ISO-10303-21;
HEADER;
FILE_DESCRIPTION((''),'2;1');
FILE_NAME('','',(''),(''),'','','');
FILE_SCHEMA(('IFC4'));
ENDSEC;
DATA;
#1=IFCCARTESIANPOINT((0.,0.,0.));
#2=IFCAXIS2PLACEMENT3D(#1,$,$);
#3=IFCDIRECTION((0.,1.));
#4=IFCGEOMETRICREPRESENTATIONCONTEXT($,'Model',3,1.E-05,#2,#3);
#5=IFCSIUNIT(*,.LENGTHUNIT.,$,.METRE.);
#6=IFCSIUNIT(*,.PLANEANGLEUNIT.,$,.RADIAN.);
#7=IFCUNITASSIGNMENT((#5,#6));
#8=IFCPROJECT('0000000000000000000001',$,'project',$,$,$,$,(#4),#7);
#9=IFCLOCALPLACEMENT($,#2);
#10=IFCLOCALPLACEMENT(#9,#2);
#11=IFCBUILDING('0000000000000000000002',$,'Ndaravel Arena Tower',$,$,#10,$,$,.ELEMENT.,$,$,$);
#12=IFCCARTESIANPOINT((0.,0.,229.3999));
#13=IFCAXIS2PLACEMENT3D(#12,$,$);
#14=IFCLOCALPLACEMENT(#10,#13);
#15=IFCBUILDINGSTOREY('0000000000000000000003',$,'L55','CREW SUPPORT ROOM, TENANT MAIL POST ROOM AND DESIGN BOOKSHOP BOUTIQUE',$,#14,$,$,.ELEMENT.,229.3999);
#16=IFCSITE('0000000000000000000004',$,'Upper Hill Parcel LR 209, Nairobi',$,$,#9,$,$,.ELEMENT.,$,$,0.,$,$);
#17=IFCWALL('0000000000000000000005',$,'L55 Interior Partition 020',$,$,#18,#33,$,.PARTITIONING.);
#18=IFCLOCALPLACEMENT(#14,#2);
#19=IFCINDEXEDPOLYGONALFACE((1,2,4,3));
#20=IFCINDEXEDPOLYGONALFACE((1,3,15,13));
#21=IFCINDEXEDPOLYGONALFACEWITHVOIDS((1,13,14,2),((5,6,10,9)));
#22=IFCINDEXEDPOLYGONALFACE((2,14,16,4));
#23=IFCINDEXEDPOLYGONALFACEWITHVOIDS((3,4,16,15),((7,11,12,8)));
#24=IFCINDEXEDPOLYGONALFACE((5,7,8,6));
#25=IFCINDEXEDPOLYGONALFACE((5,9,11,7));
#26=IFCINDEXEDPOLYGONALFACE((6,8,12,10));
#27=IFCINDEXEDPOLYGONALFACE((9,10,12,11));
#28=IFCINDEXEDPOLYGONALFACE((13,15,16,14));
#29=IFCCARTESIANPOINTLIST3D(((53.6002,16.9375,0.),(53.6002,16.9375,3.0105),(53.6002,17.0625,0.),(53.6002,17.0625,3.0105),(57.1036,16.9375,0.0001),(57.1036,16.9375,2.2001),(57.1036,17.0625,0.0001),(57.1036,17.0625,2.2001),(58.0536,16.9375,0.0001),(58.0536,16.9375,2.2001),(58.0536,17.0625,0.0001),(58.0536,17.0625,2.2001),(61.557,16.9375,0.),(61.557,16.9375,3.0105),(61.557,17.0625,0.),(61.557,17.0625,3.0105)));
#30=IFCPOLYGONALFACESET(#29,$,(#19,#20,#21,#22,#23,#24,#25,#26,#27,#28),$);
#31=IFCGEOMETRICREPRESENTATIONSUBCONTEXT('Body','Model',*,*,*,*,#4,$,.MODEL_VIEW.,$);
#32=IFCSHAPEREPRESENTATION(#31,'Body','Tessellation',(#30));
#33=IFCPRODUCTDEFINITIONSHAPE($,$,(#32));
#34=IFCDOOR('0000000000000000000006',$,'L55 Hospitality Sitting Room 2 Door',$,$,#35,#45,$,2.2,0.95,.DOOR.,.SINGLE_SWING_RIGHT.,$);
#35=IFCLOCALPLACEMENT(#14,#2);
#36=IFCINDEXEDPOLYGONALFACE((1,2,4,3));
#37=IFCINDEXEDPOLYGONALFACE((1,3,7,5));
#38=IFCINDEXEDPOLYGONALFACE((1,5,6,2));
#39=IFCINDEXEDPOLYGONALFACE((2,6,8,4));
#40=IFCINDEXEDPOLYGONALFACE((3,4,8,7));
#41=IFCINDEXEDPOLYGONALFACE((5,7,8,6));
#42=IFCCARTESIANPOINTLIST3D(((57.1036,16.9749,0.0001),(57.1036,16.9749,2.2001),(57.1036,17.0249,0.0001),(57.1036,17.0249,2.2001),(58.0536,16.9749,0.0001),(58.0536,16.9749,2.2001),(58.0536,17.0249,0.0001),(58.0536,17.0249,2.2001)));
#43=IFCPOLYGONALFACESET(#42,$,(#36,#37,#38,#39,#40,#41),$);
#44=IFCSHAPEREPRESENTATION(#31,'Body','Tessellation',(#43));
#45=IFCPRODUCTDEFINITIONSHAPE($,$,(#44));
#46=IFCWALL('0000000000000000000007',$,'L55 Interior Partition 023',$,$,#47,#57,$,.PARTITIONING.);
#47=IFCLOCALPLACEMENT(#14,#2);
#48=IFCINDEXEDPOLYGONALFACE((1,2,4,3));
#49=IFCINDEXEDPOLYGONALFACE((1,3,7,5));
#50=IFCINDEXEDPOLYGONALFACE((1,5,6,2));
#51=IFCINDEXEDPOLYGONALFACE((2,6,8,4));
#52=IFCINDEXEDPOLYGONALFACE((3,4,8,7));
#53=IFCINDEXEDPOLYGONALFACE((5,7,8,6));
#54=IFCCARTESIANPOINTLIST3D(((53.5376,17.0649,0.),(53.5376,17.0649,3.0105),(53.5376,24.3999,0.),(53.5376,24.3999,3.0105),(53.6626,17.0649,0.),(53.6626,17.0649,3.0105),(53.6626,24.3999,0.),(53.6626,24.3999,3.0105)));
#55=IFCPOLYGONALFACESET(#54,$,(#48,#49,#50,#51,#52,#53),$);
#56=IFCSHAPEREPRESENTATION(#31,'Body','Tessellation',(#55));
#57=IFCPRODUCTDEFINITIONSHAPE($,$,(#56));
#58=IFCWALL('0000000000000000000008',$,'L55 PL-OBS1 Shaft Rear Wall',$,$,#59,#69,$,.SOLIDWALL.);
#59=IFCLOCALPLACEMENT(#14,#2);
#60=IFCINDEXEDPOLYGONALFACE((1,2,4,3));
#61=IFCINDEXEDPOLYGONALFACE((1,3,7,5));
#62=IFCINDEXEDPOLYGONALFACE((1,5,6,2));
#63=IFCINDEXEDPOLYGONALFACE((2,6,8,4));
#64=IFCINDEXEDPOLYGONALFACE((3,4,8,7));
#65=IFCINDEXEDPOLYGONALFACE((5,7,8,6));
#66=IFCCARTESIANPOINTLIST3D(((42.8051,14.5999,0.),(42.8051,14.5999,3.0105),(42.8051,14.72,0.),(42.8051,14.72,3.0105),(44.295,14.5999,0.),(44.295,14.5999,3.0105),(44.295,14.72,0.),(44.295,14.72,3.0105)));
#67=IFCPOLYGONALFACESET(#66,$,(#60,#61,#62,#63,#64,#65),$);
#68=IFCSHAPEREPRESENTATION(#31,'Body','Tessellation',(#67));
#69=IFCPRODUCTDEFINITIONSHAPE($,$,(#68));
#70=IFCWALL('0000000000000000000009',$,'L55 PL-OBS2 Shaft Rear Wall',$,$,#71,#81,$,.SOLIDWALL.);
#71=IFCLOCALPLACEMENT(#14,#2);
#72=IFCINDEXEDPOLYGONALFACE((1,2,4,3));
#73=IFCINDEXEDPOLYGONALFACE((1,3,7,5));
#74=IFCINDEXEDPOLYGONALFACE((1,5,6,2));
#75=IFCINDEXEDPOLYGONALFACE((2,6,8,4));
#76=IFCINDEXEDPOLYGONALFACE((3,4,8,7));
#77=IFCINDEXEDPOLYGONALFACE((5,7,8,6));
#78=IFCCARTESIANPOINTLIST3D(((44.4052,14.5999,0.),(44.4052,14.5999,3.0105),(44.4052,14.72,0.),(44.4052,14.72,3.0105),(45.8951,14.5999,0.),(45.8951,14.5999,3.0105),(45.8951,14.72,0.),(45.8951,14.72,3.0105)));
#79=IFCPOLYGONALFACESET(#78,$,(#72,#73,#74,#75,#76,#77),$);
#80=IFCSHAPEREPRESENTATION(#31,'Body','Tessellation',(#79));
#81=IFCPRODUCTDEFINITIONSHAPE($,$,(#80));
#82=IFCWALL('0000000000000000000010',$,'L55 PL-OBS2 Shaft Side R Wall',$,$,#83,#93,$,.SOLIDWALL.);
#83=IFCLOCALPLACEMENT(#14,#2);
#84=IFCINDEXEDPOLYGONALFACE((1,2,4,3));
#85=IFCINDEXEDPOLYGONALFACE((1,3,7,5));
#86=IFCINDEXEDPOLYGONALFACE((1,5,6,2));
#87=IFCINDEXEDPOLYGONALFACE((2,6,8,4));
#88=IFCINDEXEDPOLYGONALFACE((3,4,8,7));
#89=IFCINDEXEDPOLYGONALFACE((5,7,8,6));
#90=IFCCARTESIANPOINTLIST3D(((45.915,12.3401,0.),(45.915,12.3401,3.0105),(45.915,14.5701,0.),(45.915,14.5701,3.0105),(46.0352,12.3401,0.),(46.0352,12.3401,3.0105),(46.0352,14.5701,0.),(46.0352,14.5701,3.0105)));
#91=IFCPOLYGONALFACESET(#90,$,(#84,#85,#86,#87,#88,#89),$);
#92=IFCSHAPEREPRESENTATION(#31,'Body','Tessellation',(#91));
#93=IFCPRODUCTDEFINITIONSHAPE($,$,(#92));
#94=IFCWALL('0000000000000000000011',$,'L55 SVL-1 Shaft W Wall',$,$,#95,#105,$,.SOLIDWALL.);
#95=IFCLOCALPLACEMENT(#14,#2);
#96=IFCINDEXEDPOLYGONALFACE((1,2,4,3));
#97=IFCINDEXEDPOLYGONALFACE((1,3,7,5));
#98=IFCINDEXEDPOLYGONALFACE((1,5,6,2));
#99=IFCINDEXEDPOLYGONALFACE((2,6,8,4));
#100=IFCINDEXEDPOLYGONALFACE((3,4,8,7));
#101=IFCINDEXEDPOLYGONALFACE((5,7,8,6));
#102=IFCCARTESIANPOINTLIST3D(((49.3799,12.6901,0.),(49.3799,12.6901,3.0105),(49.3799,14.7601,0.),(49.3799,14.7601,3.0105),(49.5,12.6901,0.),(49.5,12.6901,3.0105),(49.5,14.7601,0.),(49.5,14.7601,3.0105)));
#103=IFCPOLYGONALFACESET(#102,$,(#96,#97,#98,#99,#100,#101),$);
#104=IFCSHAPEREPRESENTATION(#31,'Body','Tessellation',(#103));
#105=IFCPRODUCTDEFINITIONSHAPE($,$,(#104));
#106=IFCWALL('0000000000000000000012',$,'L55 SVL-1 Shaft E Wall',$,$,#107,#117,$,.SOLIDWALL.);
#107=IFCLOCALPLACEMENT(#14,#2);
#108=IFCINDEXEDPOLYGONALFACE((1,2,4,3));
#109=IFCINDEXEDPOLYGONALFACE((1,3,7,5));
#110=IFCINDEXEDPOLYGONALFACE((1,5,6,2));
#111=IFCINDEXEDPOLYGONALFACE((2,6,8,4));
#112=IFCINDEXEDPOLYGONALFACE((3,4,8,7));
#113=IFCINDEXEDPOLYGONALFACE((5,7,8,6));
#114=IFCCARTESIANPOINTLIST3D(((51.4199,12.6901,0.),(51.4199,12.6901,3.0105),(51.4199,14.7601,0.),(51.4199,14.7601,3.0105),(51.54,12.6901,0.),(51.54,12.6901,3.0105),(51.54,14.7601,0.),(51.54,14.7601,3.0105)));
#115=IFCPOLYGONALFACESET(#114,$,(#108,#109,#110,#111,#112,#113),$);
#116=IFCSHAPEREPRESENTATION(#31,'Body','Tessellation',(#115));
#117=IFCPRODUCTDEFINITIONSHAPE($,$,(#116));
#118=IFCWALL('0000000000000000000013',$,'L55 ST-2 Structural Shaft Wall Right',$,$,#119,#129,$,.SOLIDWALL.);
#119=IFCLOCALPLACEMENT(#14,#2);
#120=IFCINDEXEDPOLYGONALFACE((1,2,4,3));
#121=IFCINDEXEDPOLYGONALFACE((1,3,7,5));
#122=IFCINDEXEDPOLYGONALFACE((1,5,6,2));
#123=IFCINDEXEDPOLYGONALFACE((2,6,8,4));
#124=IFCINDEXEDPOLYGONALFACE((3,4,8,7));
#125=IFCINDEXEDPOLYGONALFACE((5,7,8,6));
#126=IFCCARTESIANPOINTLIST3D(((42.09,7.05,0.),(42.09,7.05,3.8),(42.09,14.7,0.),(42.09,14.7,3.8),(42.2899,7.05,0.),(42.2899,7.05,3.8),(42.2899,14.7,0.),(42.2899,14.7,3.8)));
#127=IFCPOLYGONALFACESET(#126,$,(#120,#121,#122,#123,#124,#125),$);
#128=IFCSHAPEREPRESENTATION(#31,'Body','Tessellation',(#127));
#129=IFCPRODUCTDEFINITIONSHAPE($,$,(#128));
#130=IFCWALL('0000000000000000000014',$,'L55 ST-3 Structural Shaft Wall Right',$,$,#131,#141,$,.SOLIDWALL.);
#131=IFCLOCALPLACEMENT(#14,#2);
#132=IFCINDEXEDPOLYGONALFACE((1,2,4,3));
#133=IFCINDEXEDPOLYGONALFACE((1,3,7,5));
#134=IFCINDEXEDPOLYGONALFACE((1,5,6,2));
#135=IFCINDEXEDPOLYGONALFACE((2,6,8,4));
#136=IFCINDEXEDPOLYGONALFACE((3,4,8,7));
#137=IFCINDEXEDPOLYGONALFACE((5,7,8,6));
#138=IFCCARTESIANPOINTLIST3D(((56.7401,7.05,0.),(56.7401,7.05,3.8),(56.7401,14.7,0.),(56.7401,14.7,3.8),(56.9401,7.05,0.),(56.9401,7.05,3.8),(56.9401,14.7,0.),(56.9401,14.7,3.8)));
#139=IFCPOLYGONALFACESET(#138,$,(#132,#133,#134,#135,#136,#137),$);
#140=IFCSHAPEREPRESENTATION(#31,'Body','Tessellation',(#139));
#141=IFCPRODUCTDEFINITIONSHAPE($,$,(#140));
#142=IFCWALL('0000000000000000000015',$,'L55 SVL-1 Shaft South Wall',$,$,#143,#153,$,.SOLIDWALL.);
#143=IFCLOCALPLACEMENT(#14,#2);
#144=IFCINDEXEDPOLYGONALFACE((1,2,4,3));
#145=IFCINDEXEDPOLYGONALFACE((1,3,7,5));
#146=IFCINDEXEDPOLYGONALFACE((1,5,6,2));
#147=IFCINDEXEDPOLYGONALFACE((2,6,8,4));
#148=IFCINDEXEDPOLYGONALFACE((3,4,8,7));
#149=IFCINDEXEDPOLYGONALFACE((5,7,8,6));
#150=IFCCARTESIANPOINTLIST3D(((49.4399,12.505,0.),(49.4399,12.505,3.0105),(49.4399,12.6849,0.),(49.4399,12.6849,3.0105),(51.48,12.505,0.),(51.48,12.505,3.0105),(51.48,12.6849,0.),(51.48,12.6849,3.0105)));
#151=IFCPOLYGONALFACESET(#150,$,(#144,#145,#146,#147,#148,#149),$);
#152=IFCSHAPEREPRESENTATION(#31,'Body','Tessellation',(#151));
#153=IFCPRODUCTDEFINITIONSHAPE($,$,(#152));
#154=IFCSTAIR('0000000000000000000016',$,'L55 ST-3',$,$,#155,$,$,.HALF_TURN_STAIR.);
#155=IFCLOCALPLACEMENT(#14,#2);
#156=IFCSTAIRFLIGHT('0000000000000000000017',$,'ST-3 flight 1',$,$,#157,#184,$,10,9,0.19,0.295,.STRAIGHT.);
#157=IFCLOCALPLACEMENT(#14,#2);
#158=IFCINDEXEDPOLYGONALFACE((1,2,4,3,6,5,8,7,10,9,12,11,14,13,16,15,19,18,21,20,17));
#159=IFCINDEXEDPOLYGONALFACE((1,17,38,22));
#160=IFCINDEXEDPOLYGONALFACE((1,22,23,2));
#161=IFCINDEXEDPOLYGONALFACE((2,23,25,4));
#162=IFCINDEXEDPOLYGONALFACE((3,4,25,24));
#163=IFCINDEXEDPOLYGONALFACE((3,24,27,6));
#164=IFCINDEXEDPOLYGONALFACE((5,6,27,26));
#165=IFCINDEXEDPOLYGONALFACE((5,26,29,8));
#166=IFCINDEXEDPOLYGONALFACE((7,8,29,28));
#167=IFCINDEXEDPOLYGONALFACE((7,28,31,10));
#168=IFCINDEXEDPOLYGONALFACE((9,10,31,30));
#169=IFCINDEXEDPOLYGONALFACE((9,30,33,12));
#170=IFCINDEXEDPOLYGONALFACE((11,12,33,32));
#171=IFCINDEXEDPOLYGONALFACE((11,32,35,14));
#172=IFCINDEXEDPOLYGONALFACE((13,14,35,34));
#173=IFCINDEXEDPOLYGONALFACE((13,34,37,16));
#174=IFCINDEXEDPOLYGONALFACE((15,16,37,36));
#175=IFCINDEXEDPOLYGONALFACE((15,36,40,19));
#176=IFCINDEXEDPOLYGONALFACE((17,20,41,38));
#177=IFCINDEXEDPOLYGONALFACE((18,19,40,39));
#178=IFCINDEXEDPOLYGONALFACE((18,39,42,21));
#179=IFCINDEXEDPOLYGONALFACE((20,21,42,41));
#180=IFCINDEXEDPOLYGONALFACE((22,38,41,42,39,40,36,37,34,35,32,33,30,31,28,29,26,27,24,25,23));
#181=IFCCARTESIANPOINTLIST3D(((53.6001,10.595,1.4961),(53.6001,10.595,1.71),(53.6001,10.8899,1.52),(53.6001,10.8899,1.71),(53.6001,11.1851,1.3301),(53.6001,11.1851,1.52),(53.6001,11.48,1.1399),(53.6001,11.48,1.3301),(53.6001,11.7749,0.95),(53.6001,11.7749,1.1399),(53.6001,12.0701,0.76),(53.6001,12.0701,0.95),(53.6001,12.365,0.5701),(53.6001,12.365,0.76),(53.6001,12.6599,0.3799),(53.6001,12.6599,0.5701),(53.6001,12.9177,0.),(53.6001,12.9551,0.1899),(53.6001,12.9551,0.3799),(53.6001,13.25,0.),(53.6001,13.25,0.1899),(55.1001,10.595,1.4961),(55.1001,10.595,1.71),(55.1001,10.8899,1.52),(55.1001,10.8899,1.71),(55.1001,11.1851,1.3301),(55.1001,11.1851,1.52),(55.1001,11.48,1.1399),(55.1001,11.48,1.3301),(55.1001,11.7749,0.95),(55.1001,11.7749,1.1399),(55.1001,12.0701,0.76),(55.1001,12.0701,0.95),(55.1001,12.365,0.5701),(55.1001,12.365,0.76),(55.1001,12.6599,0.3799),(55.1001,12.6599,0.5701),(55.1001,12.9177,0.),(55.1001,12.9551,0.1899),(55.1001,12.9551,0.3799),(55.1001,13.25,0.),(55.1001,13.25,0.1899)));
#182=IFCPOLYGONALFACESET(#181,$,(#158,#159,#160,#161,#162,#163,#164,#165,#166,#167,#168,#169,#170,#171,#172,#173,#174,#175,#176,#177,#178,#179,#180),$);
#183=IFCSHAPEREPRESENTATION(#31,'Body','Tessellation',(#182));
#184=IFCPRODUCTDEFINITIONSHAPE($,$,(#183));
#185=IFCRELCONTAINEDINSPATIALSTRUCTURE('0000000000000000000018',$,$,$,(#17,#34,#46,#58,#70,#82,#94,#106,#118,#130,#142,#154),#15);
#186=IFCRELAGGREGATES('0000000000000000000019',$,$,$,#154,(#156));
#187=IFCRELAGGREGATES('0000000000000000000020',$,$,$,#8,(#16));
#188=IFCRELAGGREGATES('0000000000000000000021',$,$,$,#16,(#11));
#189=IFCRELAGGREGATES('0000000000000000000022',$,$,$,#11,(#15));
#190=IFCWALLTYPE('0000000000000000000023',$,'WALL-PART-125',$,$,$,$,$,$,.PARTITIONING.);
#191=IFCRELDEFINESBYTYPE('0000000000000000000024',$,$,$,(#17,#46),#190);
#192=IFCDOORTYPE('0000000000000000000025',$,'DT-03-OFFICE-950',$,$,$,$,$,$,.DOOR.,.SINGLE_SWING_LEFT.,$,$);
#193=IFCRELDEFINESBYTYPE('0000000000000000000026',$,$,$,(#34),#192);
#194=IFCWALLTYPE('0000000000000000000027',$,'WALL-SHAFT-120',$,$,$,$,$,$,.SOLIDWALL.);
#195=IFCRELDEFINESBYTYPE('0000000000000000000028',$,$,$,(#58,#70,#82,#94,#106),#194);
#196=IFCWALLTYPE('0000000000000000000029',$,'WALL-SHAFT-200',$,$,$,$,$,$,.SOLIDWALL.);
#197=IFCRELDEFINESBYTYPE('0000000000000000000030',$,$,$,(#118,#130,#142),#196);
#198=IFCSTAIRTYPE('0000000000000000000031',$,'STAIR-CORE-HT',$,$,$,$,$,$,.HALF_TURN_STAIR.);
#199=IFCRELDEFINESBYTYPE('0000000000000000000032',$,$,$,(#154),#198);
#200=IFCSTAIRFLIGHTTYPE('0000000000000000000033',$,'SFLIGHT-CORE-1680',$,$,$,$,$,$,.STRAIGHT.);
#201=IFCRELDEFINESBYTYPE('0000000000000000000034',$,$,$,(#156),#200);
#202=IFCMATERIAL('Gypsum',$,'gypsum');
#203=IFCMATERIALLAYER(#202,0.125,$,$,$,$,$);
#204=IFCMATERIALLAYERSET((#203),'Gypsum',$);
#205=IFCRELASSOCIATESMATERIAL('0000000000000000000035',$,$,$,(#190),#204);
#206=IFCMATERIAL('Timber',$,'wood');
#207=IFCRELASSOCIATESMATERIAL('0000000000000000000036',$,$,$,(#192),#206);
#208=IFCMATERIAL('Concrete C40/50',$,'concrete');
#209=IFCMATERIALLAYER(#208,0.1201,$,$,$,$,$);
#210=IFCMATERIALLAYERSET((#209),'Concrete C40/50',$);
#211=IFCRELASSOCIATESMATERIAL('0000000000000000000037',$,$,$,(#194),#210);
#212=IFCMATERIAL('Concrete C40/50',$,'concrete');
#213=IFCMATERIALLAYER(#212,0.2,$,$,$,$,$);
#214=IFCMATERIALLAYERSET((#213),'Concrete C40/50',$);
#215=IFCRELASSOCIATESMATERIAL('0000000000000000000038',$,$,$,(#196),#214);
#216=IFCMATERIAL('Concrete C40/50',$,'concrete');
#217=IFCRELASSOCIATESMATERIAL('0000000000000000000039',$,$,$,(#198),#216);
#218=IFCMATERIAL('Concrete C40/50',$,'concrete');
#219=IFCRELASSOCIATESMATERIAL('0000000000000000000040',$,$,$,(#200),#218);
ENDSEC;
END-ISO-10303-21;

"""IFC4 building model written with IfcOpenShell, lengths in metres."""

from ifc_helpers import new_model, si_unit, direction, frame, frame_2d, origin, place, context, subcontext, project, spatial, polyline, rectangle, outline, extrude, material, layer, layer_set, type_object, element, fill, aggregate, save


model = new_model("IFC4")

# Units and contexts
model_context = context("Model", 3, precision=1e-05, world=origin(), true_north=direction((0.0, 1.0)))
body_context = subcontext(model_context, "Body", "Model", "MODEL_VIEW")
ifc_project = project(units=[si_unit("LENGTHUNIT", "METRE"), si_unit("PLANEANGLEUNIT", "RADIAN")], contexts=[model_context])

# Site, building, storey
site_placement = place(None, origin())
site = spatial("IfcSite", under=ifc_project, at=site_placement, Name="Upper Hill Parcel LR 209, Nairobi", CompositionType="ELEMENT", RefElevation=0.0)
building_placement = place(site_placement, origin())
building = spatial("IfcBuilding", under=site, at=building_placement, Name="Ndaravel Arena Tower", CompositionType="ELEMENT")
storey_placement = place(building_placement, frame((0.0, 0.0, 229.3999)))
storey = spatial("IfcBuildingStorey", under=building, at=storey_placement, Name="L55", Description="CREW SUPPORT ROOM, TENANT MAIL POST ROOM AND DESIGN BOOKSHOP BOUTIQUE", CompositionType="ELEMENT", Elevation=229.3999)

# Shared definitions
ifc_material_1 = material(Name="Gypsum", Category="gypsum")
ifc_layer_1 = layer(ifc_material_1, 0.125)
ifc_layer_set_1 = layer_set([ifc_layer_1], Name="Gypsum")
wall_type_1 = type_object("IfcWallType", Name="WALL-PART-125", PredefinedType="PARTITIONING", material=ifc_layer_set_1)
ifc_material_2 = material(Name="Timber", Category="wood")
door_type = type_object("IfcDoorType", Name="DT-03-OFFICE-950", OperationType="SINGLE_SWING_LEFT", PredefinedType="DOOR", material=ifc_material_2)

# Wall, opening, door
wall_1_placement = place(storey_placement, frame((53.6001, 17.0, 0.0), z_axis=(0.0, 0.0, 1.0), x_axis=(1.0, 0.0, 0.0)))
wall_1 = element("IfcWall", 1, at=wall_1_placement, inside=storey, type_object=wall_type_1, Name="L55 Interior Partition 020", PredefinedType="PARTITIONING", context=body_context, shape_type="SweptSolid", body=[
    extrude(rectangle(XDim=7.9568, YDim=0.125, at=frame_2d((3.9785, 0.0))), origin(), (0.0, 0.0, 1.0), 3.0105),
])
opening_1_placement = place(wall_1_placement, frame((3.5034, 0.0, 0.0)))
opening_1 = element("IfcOpeningElement", 2, at=opening_1_placement, cuts=wall_1, PredefinedType="OPENING", context=body_context, shape_type="SweptSolid", body=[
    extrude(rectangle(XDim=0.95, YDim=2.2, at=frame_2d((0.4751, 1.1001))), frame((0.0, 0.0625, 0.0), z_axis=(0.0, -1.0, 0.0), x_axis=(1.0, 0.0, 0.0)), (0.0, 0.0, 1.0), 0.125),
])
door_1_placement = place(opening_1_placement, origin())
door_1 = element("IfcDoor", 3, at=door_1_placement, inside=storey, type_object=door_type, Name="L55 Hospitality Sitting Room 2 Door", OperationType="SINGLE_SWING_RIGHT", OverallHeight=2.2, OverallWidth=0.95, PredefinedType="DOOR", context=body_context, shape_type="SweptSolid", body=[
    extrude(rectangle(XDim=0.95, YDim=2.2, at=frame_2d((0.4751, 1.1001))), frame((0.0, 0.0249, 0.0), z_axis=(0.0, -1.0, 0.0), x_axis=(1.0, 0.0, 0.0)), (0.0, 0.0, 1.0), 0.05),
])
fill(opening_1, door_1)

# Walls
wall_2_placement = place(storey_placement, frame((53.6001, 24.3999, 0.0), z_axis=(0.0, 0.0, 1.0), x_axis=(0.0, -1.0, 0.0)))
element("IfcWall", 4, at=wall_2_placement, inside=storey, type_object=wall_type_1, Name="L55 Interior Partition 023", PredefinedType="PARTITIONING", context=body_context, shape_type="SweptSolid", body=[
    extrude(rectangle(XDim=7.335, YDim=0.125, at=frame_2d((3.6675, 0.0))), origin(), (0.0, 0.0, 1.0), 3.0105),
])
ifc_material_3 = material(Name="Concrete C40/50", Category="concrete")
ifc_layer_2 = layer(ifc_material_3, 0.1201)
ifc_layer_set_2 = layer_set([ifc_layer_2], Name="Concrete C40/50")
wall_type_2 = type_object("IfcWallType", Name="WALL-SHAFT-120", PredefinedType="SOLIDWALL", material=ifc_layer_set_2)
for number, where, z_axis, x_axis, name in (
    (5, (42.8049, 14.6599, 0.0), (0.0, 0.0, 1.0), (1.0, 0.0, 0.0), "L55 PL-OBS1 Shaft Rear Wall"),
    (6, (44.405, 14.6599, 0.0), (0.0, 0.0, 1.0), (1.0, 0.0, 0.0), "L55 PL-OBS2 Shaft Rear Wall"),
):
    element("IfcWall", number, at=place(storey_placement, frame(where, z_axis=z_axis, x_axis=x_axis)), inside=storey, type_object=wall_type_2, Name=name, PredefinedType="SOLIDWALL", context=body_context, shape_type="SweptSolid", body=[
        extrude(rectangle(XDim=1.49, YDim=0.1201, at=frame_2d((0.7451, 0.0))), origin(), (0.0, 0.0, 1.0), 3.0105),
    ])
wall_3_placement = place(storey_placement, frame((45.9751, 12.3401, 0.0), z_axis=(0.0, 0.0, 1.0), x_axis=(0.0, 1.0, 0.0)))
element("IfcWall", 7, at=wall_3_placement, inside=storey, type_object=wall_type_2, Name="L55 PL-OBS2 Shaft Side R Wall", PredefinedType="SOLIDWALL", context=body_context, shape_type="SweptSolid", body=[
    extrude(rectangle(XDim=2.23, YDim=0.1201, at=frame_2d((1.115, 0.0))), origin(), (0.0, 0.0, 1.0), 3.0105),
])
for number, where, z_axis, x_axis, name in (
    (8, (49.4399, 12.6899, 0.0), (0.0, 0.0, 1.0), (0.0, 1.0, 0.0), "L55 SVL-1 Shaft W Wall"),
    (9, (51.48, 12.6899, 0.0), (0.0, 0.0, 1.0), (0.0, 1.0, 0.0), "L55 SVL-1 Shaft E Wall"),
):
    element("IfcWall", number, at=place(storey_placement, frame(where, z_axis=z_axis, x_axis=x_axis)), inside=storey, type_object=wall_type_2, Name=name, PredefinedType="SOLIDWALL", context=body_context, shape_type="SweptSolid", body=[
        extrude(rectangle(XDim=2.0701, YDim=0.1201, at=frame_2d((1.0352, 0.0))), origin(), (0.0, 0.0, 1.0), 3.0105),
    ])
ifc_material_4 = material(Name="Concrete C40/50", Category="concrete")
ifc_layer_3 = layer(ifc_material_4, 0.2)
ifc_layer_set_3 = layer_set([ifc_layer_3], Name="Concrete C40/50")
wall_type_3 = type_object("IfcWallType", Name="WALL-SHAFT-200", PredefinedType="SOLIDWALL", material=ifc_layer_set_3)
for number, where, z_axis, x_axis, name in (
    (10, (42.1899, 14.7, 0.0), (0.0, 0.0, 1.0), (0.0, -1.0, 0.0), "L55 ST-2 Structural Shaft Wall Right"),
    (11, (56.8401, 14.7, 0.0), (0.0, 0.0, 1.0), (0.0, -1.0, 0.0), "L55 ST-3 Structural Shaft Wall Right"),
):
    element("IfcWall", number, at=place(storey_placement, frame(where, z_axis=z_axis, x_axis=x_axis)), inside=storey, type_object=wall_type_3, Name=name, PredefinedType="SOLIDWALL", context=body_context, shape_type="SweptSolid", body=[
        extrude(rectangle(XDim=7.6499, YDim=0.2, at=frame_2d((3.825, 0.0))), origin(), (0.0, 0.0, 1.0), 3.8),
    ])
wall_4_placement = place(storey_placement, frame((49.4399, 12.595, 0.0), z_axis=(0.0, 0.0, 1.0), x_axis=(1.0, 0.0, 0.0)))
element("IfcWall", 12, at=wall_4_placement, inside=storey, type_object=wall_type_3, Name="L55 SVL-1 Shaft South Wall", PredefinedType="SOLIDWALL", context=body_context, shape_type="SweptSolid", body=[
    extrude(rectangle(XDim=2.04, YDim=0.1799, at=frame_2d((1.02, 0.0))), origin(), (0.0, 0.0, 1.0), 3.0105),
])

# Stair, stair flight
ifc_material_5 = material(Name="Concrete C40/50", Category="concrete")
stair_type = type_object("IfcStairType", Name="STAIR-CORE-HT", PredefinedType="HALF_TURN_STAIR", material=ifc_material_5)
stair_placement = place(storey_placement, origin())
stair = element("IfcStair", 13, at=stair_placement, inside=storey, type_object=stair_type, Name="L55 ST-3", PredefinedType="HALF_TURN_STAIR")
ifc_material_6 = material(Name="Concrete C40/50", Category="concrete")
stair_flight_type = type_object("IfcStairFlightType", Name="SFLIGHT-CORE-1680", PredefinedType="STRAIGHT", material=ifc_material_6)
stair_flight_placement = place(storey_placement, frame((54.3501, 13.25, 0.0), z_axis=(0.0, 0.0, 1.0), x_axis=(0.0, -1.0, 0.0)))
stair_flight = element("IfcStairFlight", 14, at=stair_flight_placement, type_object=stair_flight_type, Name="ST-3 flight 1", NumberOfRisers=10, NumberOfTreads=9, PredefinedType="STRAIGHT", RiserHeight=0.19, TreadLength=0.295, context=body_context, shape_type="SweptSolid", body=[
    extrude(outline(polyline([(0.0, 0.0), (0.0, 0.1899), (0.2949, 0.1899), (0.2949, 0.3799), (0.5901, 0.3799), (0.5901, 0.5701), (0.885, 0.5701), (0.885, 0.76), (1.1799, 0.76), (1.1799, 0.95), (1.4751, 0.95), (1.4751, 1.1399), (1.77, 1.1399), (1.77, 1.3301), (2.0649, 1.3301), (2.0649, 1.52), (2.3601, 1.52), (2.3601, 1.71), (2.655, 1.71), (2.655, 1.8999), (2.655, 1.4961), (0.3323, 0.0), (0.0, 0.0)])), frame((0.0, 0.75, 0.0), z_axis=(0.0, -1.0, 0.0), x_axis=(1.0, 0.0, 0.0)), (0.0, 0.0, 1.0), 1.5),
])
aggregate(stair, [stair_flight])

save(model, "model.ifc")
